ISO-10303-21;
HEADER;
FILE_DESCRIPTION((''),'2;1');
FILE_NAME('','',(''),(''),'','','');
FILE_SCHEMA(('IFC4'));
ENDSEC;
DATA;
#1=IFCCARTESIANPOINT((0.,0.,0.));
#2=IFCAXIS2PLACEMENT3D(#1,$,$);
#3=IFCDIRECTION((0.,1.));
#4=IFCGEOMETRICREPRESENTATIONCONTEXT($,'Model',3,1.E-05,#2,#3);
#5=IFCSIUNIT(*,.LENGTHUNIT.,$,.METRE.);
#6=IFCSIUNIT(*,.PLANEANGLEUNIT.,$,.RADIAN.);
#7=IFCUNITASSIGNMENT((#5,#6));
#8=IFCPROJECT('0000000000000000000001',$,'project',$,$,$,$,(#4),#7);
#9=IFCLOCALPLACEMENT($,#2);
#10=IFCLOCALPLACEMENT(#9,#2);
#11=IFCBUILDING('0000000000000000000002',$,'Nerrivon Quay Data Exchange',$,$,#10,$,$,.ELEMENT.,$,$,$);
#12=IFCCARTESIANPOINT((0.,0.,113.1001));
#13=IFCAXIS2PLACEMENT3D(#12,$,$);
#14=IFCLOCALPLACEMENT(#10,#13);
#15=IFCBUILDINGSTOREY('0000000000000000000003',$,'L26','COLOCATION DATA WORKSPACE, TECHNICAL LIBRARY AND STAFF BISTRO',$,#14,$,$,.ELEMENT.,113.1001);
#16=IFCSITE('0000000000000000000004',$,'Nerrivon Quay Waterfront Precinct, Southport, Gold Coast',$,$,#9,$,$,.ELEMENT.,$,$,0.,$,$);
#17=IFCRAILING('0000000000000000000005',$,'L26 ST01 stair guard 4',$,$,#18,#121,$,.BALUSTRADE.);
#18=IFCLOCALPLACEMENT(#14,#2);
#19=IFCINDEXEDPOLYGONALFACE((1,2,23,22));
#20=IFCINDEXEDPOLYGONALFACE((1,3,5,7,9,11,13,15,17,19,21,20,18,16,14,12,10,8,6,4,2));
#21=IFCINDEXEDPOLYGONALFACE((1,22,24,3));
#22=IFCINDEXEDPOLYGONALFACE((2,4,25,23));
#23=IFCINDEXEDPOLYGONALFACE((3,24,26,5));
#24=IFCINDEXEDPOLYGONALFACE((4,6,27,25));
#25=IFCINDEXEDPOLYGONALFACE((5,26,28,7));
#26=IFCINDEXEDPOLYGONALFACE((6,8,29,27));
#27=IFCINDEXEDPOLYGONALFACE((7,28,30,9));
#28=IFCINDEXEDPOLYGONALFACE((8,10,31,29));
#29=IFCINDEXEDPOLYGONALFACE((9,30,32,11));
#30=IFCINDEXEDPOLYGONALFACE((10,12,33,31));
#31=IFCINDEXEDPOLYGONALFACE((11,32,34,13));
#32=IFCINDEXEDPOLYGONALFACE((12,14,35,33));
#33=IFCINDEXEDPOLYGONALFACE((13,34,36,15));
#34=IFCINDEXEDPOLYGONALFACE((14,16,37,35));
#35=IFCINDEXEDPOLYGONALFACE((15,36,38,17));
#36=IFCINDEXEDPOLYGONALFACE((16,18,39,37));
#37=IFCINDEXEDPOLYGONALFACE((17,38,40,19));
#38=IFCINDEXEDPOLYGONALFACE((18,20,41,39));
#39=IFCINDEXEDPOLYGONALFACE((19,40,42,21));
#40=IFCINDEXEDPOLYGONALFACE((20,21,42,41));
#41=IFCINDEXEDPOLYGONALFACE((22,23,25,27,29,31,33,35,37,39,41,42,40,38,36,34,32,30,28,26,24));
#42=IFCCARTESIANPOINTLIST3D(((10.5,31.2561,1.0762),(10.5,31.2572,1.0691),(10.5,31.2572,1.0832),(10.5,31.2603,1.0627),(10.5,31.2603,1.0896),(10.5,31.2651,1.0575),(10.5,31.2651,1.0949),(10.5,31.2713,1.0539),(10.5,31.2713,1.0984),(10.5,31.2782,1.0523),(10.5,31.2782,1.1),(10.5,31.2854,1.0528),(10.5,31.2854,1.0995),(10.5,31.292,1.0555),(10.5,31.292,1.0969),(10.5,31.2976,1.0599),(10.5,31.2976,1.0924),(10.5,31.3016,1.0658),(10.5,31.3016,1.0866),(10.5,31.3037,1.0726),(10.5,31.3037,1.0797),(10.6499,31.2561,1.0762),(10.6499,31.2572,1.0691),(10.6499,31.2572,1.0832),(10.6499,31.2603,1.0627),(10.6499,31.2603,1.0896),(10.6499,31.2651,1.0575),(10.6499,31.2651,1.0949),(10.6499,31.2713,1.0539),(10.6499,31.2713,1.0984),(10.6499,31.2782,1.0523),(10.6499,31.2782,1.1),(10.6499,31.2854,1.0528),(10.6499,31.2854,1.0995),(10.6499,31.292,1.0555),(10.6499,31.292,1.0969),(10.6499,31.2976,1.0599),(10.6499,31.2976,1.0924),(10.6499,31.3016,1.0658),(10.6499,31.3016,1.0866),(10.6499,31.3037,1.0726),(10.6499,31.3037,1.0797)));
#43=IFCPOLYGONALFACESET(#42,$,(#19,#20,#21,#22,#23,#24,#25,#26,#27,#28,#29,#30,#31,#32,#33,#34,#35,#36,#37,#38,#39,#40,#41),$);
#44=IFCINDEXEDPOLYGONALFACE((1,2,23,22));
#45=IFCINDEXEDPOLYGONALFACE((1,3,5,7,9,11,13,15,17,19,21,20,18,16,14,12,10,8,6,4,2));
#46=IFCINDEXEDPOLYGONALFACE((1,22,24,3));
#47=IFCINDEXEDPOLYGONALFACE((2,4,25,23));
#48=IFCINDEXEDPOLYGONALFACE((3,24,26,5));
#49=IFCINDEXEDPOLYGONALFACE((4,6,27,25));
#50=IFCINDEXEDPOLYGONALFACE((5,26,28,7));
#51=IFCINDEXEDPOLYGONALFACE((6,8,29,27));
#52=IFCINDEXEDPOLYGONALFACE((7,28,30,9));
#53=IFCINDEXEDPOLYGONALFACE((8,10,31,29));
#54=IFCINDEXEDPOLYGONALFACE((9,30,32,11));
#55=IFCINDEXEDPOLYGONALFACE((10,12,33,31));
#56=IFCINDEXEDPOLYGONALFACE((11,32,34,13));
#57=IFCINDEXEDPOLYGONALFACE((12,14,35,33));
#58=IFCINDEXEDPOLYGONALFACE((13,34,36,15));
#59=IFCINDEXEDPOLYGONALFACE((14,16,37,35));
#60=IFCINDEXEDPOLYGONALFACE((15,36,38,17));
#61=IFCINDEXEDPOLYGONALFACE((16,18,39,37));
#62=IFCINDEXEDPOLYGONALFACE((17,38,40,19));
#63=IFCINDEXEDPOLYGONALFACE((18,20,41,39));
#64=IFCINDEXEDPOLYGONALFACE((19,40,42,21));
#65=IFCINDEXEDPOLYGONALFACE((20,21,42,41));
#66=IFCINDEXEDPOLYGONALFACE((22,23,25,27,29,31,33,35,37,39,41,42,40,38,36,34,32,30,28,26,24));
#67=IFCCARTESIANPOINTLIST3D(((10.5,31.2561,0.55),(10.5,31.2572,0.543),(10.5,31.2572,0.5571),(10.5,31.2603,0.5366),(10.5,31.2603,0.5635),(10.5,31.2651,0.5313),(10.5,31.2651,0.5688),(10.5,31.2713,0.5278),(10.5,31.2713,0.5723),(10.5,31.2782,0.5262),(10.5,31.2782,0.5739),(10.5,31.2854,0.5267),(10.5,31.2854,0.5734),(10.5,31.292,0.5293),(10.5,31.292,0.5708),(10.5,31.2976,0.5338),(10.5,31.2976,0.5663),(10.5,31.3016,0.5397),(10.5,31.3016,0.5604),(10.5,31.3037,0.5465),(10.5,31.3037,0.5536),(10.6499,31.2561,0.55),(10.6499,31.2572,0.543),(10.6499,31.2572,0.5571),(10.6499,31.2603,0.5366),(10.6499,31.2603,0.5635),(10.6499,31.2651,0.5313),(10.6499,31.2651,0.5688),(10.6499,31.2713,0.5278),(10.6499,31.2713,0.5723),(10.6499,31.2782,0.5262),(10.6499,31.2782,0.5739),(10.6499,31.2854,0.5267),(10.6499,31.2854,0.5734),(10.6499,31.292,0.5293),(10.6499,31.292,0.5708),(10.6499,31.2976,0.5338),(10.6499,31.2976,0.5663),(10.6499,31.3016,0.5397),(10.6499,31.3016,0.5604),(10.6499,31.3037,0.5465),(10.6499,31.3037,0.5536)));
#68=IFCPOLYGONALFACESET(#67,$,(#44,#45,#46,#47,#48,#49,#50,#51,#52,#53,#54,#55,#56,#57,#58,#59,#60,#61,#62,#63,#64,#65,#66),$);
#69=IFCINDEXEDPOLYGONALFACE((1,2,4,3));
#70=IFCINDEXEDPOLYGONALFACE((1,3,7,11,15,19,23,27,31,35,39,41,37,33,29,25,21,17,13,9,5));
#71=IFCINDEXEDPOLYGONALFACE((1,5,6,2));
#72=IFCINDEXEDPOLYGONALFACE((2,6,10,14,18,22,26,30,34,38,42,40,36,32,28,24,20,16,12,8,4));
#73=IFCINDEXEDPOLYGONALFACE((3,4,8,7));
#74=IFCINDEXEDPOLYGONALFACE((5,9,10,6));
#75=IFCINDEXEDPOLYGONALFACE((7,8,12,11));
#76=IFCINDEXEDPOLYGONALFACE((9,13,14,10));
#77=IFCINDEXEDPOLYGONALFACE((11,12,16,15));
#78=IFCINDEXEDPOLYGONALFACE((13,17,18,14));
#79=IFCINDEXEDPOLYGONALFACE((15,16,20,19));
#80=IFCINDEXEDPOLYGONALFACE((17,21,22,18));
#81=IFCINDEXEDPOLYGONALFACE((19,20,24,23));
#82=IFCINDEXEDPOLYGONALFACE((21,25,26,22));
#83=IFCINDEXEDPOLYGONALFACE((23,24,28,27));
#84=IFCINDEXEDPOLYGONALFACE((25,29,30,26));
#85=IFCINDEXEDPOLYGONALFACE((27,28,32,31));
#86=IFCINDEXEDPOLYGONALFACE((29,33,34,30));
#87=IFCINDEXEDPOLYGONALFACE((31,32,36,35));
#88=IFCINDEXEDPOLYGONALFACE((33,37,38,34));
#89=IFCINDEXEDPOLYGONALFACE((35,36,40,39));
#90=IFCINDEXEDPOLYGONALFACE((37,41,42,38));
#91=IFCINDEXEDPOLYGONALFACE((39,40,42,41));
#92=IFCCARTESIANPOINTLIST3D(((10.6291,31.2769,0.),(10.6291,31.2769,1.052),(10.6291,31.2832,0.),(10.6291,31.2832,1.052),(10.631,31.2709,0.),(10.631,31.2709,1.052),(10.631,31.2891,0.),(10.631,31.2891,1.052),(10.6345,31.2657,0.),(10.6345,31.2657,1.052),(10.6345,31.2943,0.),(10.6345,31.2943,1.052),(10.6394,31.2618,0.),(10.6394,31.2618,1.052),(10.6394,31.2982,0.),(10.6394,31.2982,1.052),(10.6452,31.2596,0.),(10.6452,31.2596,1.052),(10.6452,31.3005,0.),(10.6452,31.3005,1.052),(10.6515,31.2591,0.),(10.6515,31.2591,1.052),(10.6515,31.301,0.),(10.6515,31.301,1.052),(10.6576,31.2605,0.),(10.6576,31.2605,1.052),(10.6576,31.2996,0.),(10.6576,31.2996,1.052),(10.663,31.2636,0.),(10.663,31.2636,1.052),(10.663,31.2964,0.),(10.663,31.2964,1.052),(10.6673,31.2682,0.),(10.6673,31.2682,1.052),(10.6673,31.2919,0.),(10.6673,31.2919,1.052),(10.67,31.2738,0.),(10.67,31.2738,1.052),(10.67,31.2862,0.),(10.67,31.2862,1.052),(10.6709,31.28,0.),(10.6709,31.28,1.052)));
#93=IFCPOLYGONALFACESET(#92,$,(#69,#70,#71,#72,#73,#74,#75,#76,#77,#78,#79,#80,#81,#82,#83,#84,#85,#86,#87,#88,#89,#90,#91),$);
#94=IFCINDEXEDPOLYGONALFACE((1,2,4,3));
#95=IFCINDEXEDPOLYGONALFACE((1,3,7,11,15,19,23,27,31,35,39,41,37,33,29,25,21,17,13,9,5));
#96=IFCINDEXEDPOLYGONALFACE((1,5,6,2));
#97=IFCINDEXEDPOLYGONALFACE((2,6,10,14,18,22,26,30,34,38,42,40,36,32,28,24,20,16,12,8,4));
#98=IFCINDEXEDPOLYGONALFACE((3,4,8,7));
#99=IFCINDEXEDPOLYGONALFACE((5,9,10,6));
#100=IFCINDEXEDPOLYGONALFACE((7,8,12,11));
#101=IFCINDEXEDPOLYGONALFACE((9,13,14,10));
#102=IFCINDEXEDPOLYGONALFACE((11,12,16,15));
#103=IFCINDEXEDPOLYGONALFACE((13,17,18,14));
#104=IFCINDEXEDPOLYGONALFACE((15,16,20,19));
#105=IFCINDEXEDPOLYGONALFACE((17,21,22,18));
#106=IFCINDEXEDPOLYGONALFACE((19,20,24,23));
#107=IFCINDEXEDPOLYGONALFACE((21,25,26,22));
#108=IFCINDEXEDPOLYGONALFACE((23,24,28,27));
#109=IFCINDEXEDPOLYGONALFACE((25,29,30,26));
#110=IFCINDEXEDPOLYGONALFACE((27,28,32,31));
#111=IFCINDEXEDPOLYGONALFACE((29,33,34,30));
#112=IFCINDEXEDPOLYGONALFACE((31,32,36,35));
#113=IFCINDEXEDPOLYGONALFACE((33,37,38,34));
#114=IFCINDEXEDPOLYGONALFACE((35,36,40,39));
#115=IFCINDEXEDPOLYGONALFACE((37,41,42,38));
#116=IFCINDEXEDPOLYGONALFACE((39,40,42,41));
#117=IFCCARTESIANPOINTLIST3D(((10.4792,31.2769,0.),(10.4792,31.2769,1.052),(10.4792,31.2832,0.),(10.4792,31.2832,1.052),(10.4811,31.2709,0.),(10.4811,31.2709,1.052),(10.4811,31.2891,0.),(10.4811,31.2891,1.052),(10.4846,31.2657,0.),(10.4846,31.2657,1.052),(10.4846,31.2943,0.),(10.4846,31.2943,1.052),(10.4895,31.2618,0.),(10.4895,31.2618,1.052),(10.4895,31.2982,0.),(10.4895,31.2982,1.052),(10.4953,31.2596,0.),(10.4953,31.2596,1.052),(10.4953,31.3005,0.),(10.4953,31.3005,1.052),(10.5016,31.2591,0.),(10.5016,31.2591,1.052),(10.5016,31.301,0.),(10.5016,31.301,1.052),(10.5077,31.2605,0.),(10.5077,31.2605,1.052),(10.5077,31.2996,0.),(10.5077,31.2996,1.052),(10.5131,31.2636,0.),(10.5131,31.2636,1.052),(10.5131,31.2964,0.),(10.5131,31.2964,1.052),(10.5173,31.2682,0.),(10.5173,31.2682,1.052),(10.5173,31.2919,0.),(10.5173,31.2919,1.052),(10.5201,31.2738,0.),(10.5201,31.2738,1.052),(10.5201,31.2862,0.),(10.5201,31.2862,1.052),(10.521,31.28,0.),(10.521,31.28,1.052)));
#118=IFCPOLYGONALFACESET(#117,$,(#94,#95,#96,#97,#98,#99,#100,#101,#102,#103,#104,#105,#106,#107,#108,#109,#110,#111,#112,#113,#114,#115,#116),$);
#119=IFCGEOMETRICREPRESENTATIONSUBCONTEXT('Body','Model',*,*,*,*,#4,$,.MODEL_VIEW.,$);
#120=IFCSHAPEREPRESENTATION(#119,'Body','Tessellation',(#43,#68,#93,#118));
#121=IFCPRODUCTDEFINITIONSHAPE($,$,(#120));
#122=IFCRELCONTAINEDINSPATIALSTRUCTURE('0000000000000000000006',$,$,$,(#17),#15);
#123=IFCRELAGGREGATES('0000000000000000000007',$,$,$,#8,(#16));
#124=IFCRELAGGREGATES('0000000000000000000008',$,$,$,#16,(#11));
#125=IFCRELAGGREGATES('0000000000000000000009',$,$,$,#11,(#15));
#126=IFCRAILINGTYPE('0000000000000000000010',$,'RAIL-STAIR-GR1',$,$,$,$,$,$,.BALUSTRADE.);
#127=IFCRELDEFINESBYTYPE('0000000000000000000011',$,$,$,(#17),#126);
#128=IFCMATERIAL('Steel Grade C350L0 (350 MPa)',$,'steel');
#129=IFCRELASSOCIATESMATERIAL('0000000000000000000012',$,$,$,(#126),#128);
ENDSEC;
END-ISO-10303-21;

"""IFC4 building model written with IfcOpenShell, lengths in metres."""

from ifc_helpers import new_model, si_unit, direction, frame, origin, origin_2d, place, context, subcontext, project, spatial, circle, extrude, material, type_object, element, save


model = new_model("IFC4")

# Units and contexts
model_context = context("Model", 3, precision=1e-05, world=origin(), true_north=direction((0.0, 1.0)))
body_context = subcontext(model_context, "Body", "Model", "MODEL_VIEW")
ifc_project = project(units=[si_unit("LENGTHUNIT", "METRE"), si_unit("PLANEANGLEUNIT", "RADIAN")], contexts=[model_context])

# Site, building, storey
site_placement = place(None, origin())
site = spatial("IfcSite", under=ifc_project, at=site_placement, Name="Nerrivon Quay Waterfront Precinct, Southport, Gold Coast", CompositionType="ELEMENT", RefElevation=0.0)
building_placement = place(site_placement, origin())
building = spatial("IfcBuilding", under=site, at=building_placement, Name="Nerrivon Quay Data Exchange", CompositionType="ELEMENT")
storey_placement = place(building_placement, frame((0.0, 0.0, 113.1001)))
storey = spatial("IfcBuildingStorey", under=building, at=storey_placement, Name="L26", Description="COLOCATION DATA WORKSPACE, TECHNICAL LIBRARY AND STAFF BISTRO", CompositionType="ELEMENT", Elevation=113.1001)

# Railing
ifc_material_1 = material(Name="Steel Grade C350L0 (350 MPa)", Category="steel")
railing_type_1 = type_object("IfcRailingType", Name="RAIL-STAIR-GR1", PredefinedType="BALUSTRADE", material=ifc_material_1)
railing_1_placement = place(storey_placement, frame((10.6499, 31.28, 0.0)))
element("IfcRailing", 1, at=railing_1_placement, inside=storey, type_object=railing_type_1, Name="L26 ST01 stair guard 4", PredefinedType="BALUSTRADE", context=body_context, shape_type="SweptSolid", body=[
    extrude(circle(Radius=0.0239, at=origin_2d()), frame((0.0, 0.0, 1.0762), z_axis=(-1.0, 0.0, 0.0), x_axis=(0.0, -1.0, 0.0)), (0.0, 0.0, 1.0), 0.1499),
    extrude(circle(Radius=0.0239, at=origin_2d()), frame((0.0, 0.0, 0.55), z_axis=(-1.0, 0.0, 0.0), x_axis=(0.0, -1.0, 0.0)), (0.0, 0.0, 1.0), 0.1499),
    extrude(circle(Radius=0.021, at=origin_2d()), origin(), (0.0, 0.0, 1.0), 1.052),
    extrude(circle(Radius=0.021, at=origin_2d()), frame((-0.1499, 0.0, 0.0)), (0.0, 0.0, 1.0), 1.052),
])

save(model, "model.ifc")
